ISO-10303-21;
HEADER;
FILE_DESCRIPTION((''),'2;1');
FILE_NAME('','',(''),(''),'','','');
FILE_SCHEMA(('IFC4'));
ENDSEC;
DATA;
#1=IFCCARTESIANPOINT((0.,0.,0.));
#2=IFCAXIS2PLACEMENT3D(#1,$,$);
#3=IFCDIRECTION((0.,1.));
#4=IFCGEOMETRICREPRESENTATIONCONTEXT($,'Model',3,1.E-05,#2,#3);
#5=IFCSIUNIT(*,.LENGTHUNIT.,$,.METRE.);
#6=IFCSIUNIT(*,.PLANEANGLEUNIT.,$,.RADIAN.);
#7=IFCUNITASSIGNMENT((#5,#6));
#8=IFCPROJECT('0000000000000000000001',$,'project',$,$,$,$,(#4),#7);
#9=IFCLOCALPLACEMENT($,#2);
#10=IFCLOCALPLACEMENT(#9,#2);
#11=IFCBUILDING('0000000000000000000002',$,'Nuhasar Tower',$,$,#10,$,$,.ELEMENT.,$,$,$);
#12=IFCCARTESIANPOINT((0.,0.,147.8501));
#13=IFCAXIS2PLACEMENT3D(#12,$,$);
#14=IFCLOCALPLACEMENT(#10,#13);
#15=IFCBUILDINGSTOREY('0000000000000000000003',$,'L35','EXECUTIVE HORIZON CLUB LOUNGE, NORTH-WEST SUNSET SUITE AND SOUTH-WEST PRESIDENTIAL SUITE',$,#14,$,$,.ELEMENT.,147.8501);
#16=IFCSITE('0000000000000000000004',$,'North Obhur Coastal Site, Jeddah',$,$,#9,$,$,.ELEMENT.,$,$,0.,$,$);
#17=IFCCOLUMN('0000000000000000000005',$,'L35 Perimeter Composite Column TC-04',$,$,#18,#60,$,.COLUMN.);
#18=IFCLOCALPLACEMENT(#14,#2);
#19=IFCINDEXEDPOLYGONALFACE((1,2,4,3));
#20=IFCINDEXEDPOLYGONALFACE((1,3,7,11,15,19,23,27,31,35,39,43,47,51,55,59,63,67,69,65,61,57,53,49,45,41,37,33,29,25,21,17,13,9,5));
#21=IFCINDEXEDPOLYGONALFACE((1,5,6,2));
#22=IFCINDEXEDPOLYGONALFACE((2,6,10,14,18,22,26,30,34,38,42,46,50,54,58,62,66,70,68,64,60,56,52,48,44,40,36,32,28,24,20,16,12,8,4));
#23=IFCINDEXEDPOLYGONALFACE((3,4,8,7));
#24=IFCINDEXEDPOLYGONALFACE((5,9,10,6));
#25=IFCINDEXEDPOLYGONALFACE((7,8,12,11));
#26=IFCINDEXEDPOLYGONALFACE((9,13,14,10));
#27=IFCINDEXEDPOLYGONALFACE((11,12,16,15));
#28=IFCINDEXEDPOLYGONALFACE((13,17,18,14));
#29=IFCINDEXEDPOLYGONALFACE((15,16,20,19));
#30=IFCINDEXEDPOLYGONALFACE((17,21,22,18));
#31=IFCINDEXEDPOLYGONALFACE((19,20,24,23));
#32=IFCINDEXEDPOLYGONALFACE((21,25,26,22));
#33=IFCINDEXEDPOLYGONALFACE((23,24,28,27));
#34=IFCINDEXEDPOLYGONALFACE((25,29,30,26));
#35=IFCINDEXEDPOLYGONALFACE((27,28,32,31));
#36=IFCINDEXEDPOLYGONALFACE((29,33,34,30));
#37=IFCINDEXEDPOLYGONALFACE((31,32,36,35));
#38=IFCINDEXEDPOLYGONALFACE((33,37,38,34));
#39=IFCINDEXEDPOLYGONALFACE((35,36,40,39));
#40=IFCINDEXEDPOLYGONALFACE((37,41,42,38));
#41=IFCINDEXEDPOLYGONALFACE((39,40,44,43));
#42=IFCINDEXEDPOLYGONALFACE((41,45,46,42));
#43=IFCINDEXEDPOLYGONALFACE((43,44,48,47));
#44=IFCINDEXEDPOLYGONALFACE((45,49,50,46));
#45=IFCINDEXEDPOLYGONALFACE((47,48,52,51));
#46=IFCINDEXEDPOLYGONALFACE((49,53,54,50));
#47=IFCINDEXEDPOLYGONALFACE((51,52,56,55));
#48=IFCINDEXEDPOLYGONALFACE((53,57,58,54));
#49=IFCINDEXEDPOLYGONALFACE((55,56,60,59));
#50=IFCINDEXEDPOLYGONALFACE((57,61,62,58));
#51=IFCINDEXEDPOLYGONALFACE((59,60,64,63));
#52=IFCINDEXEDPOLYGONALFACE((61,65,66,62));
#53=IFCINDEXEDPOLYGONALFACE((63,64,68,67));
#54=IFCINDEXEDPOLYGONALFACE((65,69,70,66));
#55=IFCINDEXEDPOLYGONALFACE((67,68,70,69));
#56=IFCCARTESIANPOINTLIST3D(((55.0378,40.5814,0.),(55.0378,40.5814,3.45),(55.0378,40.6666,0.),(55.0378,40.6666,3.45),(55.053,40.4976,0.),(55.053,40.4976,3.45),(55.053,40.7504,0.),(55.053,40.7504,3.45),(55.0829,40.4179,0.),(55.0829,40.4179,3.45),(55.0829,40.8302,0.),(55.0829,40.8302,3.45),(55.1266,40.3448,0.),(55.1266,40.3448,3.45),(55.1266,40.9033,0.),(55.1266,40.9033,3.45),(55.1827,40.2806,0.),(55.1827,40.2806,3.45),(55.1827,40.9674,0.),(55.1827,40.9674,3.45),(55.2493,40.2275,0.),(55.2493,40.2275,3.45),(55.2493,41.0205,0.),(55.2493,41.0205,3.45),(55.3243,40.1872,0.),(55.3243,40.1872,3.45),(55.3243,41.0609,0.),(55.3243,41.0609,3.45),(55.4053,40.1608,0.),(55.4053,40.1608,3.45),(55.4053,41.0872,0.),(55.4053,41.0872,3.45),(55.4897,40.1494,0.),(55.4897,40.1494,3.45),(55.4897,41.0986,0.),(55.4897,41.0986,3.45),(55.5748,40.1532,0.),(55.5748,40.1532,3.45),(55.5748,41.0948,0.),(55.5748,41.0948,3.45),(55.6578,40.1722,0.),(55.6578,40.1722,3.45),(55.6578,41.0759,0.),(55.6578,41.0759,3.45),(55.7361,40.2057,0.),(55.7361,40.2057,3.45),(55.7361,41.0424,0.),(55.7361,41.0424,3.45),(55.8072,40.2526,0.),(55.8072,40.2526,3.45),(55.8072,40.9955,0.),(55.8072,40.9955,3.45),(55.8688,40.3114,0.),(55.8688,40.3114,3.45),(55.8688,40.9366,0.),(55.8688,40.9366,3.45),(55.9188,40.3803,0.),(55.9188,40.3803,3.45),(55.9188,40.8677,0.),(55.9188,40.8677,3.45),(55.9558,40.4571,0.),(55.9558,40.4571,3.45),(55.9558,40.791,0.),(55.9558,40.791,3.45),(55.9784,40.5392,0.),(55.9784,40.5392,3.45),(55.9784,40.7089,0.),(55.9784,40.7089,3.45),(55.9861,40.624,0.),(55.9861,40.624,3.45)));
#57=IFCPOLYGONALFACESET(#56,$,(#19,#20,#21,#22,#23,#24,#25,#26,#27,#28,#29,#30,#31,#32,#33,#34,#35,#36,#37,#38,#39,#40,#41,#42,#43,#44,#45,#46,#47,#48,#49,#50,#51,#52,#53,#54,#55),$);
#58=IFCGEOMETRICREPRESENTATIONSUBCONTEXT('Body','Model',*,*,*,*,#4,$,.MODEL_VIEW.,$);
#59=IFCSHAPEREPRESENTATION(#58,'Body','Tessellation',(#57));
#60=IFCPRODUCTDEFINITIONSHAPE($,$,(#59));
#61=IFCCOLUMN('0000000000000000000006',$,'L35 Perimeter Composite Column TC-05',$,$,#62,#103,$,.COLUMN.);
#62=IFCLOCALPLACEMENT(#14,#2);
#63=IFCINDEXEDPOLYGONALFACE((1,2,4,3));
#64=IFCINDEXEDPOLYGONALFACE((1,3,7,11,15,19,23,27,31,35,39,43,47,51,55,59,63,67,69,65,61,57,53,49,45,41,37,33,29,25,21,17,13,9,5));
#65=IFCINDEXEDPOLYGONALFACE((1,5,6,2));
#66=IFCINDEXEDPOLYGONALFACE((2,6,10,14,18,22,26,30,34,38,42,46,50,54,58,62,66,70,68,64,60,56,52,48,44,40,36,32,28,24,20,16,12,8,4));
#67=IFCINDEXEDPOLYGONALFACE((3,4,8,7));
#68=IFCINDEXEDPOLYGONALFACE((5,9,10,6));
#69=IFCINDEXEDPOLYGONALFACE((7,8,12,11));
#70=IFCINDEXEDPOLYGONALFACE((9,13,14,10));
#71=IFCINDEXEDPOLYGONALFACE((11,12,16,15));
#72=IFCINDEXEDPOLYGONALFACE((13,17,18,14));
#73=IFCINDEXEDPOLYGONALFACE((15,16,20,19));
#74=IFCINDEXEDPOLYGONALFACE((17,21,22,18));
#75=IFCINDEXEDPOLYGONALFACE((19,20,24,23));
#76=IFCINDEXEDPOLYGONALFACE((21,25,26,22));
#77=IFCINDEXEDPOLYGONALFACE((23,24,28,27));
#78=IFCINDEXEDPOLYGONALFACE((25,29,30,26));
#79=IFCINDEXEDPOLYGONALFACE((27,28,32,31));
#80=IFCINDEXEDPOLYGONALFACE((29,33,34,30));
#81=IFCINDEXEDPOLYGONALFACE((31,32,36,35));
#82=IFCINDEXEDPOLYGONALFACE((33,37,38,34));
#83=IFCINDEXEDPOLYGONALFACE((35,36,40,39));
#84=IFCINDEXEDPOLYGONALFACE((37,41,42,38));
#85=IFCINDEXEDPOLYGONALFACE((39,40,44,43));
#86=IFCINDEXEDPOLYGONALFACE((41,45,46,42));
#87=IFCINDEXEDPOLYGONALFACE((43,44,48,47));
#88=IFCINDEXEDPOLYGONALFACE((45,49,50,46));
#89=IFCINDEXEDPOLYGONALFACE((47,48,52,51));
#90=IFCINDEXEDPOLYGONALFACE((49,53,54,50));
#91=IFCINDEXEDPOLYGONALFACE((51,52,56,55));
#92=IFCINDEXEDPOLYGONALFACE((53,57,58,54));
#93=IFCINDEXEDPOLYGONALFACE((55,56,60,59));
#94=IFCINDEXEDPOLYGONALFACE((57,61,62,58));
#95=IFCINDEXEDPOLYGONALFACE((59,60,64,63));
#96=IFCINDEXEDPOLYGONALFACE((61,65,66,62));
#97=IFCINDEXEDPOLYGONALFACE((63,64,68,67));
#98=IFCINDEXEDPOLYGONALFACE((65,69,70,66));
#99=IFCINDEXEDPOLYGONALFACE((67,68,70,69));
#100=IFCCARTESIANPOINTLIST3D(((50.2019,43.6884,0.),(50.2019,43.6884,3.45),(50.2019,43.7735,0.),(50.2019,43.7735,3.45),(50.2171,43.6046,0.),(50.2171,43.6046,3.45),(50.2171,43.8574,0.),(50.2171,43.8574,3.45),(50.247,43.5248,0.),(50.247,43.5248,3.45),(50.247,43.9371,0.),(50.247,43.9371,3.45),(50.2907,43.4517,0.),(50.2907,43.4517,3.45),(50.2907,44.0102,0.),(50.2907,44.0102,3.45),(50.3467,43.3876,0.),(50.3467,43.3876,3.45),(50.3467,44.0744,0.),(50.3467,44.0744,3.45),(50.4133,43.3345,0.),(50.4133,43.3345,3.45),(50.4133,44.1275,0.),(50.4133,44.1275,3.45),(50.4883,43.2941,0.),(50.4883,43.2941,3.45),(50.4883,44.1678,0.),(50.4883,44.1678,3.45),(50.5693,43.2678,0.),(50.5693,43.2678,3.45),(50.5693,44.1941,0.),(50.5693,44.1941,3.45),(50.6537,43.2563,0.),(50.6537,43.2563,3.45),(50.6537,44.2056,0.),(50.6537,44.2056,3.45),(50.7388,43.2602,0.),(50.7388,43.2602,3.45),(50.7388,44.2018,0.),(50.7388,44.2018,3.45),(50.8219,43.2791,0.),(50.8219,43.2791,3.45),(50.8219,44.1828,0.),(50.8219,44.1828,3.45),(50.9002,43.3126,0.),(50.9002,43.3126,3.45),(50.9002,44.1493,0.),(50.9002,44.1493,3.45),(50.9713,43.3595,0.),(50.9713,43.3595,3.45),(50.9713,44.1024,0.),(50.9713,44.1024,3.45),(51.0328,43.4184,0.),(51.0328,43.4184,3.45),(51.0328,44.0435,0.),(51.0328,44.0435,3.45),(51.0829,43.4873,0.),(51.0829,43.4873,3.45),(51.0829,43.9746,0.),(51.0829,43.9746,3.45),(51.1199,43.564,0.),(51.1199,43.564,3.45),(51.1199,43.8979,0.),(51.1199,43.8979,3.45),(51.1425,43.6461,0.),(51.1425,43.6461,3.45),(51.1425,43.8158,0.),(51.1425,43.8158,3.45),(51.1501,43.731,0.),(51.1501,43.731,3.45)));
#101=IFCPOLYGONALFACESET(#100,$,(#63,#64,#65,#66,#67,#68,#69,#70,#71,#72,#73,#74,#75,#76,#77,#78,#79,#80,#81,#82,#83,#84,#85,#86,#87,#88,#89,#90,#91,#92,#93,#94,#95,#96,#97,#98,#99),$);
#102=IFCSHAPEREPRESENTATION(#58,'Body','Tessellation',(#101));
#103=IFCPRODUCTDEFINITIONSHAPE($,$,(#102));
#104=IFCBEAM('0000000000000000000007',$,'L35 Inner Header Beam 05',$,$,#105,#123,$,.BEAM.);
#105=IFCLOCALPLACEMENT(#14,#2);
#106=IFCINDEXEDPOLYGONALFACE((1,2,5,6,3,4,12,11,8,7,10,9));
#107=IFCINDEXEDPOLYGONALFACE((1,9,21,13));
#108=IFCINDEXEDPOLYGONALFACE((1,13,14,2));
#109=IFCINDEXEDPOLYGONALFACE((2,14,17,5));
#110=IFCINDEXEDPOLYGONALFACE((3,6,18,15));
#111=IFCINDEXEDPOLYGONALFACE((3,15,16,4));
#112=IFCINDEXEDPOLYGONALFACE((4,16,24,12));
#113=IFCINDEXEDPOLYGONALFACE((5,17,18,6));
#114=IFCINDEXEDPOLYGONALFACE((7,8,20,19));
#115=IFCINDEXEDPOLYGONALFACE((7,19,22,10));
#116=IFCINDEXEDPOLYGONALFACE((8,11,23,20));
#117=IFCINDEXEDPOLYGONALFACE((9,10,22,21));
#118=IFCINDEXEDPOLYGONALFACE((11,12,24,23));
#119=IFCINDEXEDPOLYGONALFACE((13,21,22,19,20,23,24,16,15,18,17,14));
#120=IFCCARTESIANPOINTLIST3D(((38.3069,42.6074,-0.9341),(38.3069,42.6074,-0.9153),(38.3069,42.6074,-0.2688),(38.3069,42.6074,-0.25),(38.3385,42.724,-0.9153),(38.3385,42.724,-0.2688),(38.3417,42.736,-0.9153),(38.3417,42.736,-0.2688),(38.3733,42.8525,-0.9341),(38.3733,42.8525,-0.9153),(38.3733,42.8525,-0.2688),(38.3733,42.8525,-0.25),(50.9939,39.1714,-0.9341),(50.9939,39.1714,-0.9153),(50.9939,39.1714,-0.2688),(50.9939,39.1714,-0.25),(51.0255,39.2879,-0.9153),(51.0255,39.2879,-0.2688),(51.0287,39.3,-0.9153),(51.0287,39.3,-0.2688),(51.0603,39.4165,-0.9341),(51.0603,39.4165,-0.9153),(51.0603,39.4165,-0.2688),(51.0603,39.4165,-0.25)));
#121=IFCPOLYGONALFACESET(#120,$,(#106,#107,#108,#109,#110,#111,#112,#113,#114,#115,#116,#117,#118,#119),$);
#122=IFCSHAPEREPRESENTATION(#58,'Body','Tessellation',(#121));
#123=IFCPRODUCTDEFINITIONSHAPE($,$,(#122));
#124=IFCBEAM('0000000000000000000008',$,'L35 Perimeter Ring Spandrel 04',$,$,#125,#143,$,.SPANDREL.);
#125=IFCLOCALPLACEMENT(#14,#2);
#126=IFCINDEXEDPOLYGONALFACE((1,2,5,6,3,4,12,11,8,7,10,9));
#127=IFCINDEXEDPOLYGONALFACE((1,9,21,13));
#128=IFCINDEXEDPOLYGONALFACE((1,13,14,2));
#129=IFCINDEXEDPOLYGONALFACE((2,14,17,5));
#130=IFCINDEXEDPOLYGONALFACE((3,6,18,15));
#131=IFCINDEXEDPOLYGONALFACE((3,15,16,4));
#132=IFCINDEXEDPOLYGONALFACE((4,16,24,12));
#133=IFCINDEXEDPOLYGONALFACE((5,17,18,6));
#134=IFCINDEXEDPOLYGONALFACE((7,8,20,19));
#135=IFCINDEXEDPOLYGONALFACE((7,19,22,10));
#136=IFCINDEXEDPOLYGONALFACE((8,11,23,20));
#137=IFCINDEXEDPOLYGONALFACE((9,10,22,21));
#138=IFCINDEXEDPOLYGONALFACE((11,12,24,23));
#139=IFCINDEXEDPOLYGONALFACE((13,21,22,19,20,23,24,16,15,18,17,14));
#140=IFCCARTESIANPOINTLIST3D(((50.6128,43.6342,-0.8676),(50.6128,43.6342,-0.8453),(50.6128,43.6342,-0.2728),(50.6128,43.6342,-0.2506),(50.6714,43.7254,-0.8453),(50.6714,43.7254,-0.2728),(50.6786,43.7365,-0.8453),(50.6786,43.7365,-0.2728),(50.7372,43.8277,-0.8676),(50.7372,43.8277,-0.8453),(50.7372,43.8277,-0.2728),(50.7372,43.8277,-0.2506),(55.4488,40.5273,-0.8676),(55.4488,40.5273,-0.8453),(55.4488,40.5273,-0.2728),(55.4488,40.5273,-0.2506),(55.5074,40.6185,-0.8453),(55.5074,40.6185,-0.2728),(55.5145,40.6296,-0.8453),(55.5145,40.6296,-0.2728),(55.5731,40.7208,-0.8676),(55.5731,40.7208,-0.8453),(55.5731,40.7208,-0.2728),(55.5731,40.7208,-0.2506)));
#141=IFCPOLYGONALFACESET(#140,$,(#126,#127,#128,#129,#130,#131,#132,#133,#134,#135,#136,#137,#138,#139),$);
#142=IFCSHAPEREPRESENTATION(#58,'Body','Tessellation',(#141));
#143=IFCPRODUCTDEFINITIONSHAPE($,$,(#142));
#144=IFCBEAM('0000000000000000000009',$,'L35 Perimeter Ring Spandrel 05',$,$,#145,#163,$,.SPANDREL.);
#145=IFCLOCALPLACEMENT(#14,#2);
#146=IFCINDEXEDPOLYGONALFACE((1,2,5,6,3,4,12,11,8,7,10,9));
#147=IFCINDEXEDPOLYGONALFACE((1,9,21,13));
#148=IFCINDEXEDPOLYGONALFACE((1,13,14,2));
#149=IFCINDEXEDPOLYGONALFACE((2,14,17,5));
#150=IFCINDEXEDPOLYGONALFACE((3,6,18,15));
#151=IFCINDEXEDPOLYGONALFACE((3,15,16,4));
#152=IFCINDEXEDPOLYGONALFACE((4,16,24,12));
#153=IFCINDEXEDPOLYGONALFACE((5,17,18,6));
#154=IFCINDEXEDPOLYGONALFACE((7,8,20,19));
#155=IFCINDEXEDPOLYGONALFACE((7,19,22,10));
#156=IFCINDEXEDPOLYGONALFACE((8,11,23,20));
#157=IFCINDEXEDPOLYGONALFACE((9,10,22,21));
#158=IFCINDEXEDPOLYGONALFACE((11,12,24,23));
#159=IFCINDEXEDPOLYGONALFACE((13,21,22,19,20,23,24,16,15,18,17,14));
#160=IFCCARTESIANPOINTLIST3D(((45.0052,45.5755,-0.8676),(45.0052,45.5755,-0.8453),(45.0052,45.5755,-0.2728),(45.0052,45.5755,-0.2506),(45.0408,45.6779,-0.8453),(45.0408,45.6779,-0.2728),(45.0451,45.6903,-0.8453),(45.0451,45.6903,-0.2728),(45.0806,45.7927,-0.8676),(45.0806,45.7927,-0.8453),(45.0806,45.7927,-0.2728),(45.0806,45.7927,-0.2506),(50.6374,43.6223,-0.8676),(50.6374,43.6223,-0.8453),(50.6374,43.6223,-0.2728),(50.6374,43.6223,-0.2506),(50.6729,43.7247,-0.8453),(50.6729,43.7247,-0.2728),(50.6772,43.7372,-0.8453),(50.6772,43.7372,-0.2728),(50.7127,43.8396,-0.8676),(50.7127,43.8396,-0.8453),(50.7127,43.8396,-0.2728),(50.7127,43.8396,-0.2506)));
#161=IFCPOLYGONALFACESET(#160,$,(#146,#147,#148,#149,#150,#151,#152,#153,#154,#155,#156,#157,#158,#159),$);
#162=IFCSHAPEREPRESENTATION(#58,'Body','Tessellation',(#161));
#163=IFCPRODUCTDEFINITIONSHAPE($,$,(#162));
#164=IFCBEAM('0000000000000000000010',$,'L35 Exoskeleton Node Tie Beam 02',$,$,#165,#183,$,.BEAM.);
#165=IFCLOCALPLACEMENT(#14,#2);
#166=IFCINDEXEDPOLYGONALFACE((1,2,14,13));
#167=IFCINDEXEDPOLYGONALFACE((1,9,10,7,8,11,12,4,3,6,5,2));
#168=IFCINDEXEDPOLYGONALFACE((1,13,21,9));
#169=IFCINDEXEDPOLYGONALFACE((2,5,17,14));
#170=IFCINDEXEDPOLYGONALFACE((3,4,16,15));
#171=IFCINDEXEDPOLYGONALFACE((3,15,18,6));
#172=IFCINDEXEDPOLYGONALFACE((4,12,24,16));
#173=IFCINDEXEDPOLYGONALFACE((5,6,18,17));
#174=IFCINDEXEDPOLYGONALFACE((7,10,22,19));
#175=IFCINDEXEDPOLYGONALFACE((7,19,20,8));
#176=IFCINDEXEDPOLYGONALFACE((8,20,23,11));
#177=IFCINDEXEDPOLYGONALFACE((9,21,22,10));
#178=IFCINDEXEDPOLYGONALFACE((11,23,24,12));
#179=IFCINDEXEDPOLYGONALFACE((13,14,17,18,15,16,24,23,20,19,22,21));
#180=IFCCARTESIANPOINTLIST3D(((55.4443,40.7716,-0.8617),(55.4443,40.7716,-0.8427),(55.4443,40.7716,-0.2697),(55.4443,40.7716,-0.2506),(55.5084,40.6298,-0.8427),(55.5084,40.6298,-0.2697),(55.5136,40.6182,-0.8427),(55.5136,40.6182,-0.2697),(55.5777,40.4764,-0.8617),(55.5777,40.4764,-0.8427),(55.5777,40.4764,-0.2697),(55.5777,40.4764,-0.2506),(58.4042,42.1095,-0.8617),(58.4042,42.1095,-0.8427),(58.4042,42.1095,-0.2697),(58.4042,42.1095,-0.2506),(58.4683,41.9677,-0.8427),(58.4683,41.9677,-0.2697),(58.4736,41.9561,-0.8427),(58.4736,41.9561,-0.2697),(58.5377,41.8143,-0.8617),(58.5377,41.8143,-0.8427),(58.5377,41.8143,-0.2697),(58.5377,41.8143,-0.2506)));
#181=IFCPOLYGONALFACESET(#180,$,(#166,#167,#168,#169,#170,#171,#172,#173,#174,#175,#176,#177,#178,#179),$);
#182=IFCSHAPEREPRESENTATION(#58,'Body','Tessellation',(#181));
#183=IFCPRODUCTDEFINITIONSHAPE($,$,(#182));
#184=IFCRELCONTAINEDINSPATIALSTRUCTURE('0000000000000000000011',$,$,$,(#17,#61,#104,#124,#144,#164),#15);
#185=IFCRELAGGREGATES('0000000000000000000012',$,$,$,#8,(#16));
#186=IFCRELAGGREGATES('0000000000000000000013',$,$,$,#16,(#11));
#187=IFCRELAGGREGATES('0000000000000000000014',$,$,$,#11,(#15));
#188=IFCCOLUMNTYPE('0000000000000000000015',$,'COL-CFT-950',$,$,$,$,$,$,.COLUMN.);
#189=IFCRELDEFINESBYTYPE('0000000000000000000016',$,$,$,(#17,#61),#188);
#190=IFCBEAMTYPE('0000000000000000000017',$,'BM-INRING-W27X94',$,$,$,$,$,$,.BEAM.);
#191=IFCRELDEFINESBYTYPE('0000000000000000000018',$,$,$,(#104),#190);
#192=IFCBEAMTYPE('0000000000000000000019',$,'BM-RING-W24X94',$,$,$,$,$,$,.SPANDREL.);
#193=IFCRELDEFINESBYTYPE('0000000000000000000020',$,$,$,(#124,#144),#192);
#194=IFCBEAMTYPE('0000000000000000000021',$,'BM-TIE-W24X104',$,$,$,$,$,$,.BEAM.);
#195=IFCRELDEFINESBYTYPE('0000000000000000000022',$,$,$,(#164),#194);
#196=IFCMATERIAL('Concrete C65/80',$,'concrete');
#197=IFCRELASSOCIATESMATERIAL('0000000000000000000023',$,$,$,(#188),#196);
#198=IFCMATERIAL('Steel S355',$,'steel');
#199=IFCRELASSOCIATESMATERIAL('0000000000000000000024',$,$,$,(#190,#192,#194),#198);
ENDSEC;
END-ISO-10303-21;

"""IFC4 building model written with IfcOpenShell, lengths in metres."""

from ifc_helpers import new_model, si_unit, direction, frame, origin, origin_2d, place, context, subcontext, project, spatial, circle, i_section, extrude, material, material_profile, profile_set, type_object, element, save


model = new_model("IFC4")

# Units and contexts
model_context = context("Model", 3, precision=1e-05, world=origin(), true_north=direction((0.0, 1.0)))
body_context = subcontext(model_context, "Body", "Model", "MODEL_VIEW")
ifc_project = project(units=[si_unit("LENGTHUNIT", "METRE"), si_unit("PLANEANGLEUNIT", "RADIAN")], contexts=[model_context])

# Site, building, storey
site_placement = place(None, origin())
site = spatial("IfcSite", under=ifc_project, at=site_placement, Name="North Obhur Coastal Site, Jeddah", CompositionType="ELEMENT", RefElevation=0.0)
building_placement = place(site_placement, origin())
building = spatial("IfcBuilding", under=site, at=building_placement, Name="Nuhasar Tower", CompositionType="ELEMENT")
storey_placement = place(building_placement, frame((0.0, 0.0, 147.8501)))
storey = spatial("IfcBuildingStorey", under=building, at=storey_placement, Name="L35", Description="EXECUTIVE HORIZON CLUB LOUNGE, NORTH-WEST SUNSET SUITE AND SOUTH-WEST PRESIDENTIAL SUITE", CompositionType="ELEMENT", Elevation=147.8501)

# Columns
ifc_material_1 = material(Name="Concrete C65/80", Category="concrete")
ifc_material_profile_1 = material_profile(ifc_material_1, circle(Radius=0.4751, at=origin_2d()), Name="CFT950")
ifc_profile_set_1 = profile_set([ifc_material_profile_1], Name="Concrete C65/80")
column_type = type_object("IfcColumnType", Name="COL-CFT-950", PredefinedType="COLUMN", material=ifc_profile_set_1)
for number, where, z_axis, x_axis, name in (
    (1, (55.511, 40.624, 0.0), (0.0, 0.0, 1.0), (1.0, 0.0, 0.0), "L35 Perimeter Composite Column TC-04"),
    (2, (50.675, 43.731, 0.0), (0.0, 0.0, 1.0), (1.0, 0.0, 0.0), "L35 Perimeter Composite Column TC-05"),
):
    element("IfcColumn", number, at=place(storey_placement, frame(where, z_axis=z_axis, x_axis=x_axis)), inside=storey, type_object=column_type, Name=name, PredefinedType="COLUMN", context=body_context, shape_type="SweptSolid", body=[
        extrude(circle(Radius=0.4751, at=origin_2d()), origin(), (0.0, 0.0, 1.0), 3.45),
    ])

# Beams
ifc_material_2 = material(Name="Steel S355", Category="steel")
ifc_material_profile_2 = material_profile(ifc_material_2, i_section(OverallWidth=0.2539, OverallDepth=0.6841, WebThickness=0.0125, FlangeThickness=0.0188, at=origin_2d()), Name="W27X94")
ifc_profile_set_2 = profile_set([ifc_material_profile_2], Name="Steel S355")
beam_type_1 = type_object("IfcBeamType", Name="BM-INRING-W27X94", PredefinedType="BEAM", material=ifc_profile_set_2)
beam_1_placement = place(storey_placement, frame((51.0271, 39.2939, -0.592), z_axis=(-0.965227, 0.261413, 0.0), x_axis=(-0.261413, -0.965227, 0.0)))
element("IfcBeam", 3, at=beam_1_placement, inside=storey, type_object=beam_type_1, Name="L35 Inner Header Beam 05", PredefinedType="BEAM", context=body_context, shape_type="SweptSolid", body=[
    extrude(i_section(OverallWidth=0.2539, OverallDepth=0.6841, WebThickness=0.0125, FlangeThickness=0.0188, at=origin_2d()), origin(), (0.0, 0.0, 1.0), 13.144),
])
ifc_material_profile_3 = material_profile(ifc_material_2, i_section(OverallWidth=0.23, OverallDepth=0.6169, WebThickness=0.0132, FlangeThickness=0.0222, at=origin_2d()), Name="W24X94")
ifc_profile_set_3 = profile_set([ifc_material_profile_3], Name="Steel S355")
beam_type_2 = type_object("IfcBeamType", Name="BM-RING-W24X94", PredefinedType="SPANDREL", material=ifc_profile_set_3)
beam_2_placement = place(storey_placement, frame((55.511, 40.624, -0.5591), z_axis=(-0.841327, 0.540526, 0.0), x_axis=(-0.540526, -0.841327, 0.0)))
element("IfcBeam", 4, at=beam_2_placement, inside=storey, type_object=beam_type_2, Name="L35 Perimeter Ring Spandrel 04", PredefinedType="SPANDREL", context=body_context, shape_type="SweptSolid", body=[
    extrude(i_section(OverallWidth=0.23, OverallDepth=0.6169, WebThickness=0.0132, FlangeThickness=0.0222, at=origin_2d()), origin(), (0.0, 0.0, 1.0), 5.748),
])
beam_3_placement = place(storey_placement, frame((50.675, 43.731, -0.5591), z_axis=(-0.944801, 0.327644, 0.0), x_axis=(-0.327644, -0.944801, 0.0)))
element("IfcBeam", 5, at=beam_3_placement, inside=storey, type_object=beam_type_2, Name="L35 Perimeter Ring Spandrel 05", PredefinedType="SPANDREL", context=body_context, shape_type="SweptSolid", body=[
    extrude(i_section(OverallWidth=0.23, OverallDepth=0.6169, WebThickness=0.0132, FlangeThickness=0.0222, at=origin_2d()), origin(), (0.0, 0.0, 1.0), 5.9612),
])
ifc_material_profile_4 = material_profile(ifc_material_2, i_section(OverallWidth=0.324, OverallDepth=0.6111, WebThickness=0.0127, FlangeThickness=0.019, at=origin_2d()), Name="W24X104")
ifc_profile_set_4 = profile_set([ifc_material_profile_4], Name="Steel S355")
beam_type_3 = type_object("IfcBeamType", Name="BM-TIE-W24X104", PredefinedType="BEAM", material=ifc_profile_set_4)
beam_4_placement = place(storey_placement, frame((55.511, 40.624, -0.5562), z_axis=(0.91124, 0.411877, 0.0), x_axis=(-0.411877, 0.91124, 0.0)))
element("IfcBeam", 6, at=beam_4_placement, inside=storey, type_object=beam_type_3, Name="L35 Exoskeleton Node Tie Beam 02", PredefinedType="BEAM", context=body_context, shape_type="SweptSolid", body=[
    extrude(i_section(OverallWidth=0.324, OverallDepth=0.6111, WebThickness=0.0127, FlangeThickness=0.019, at=origin_2d()), origin(), (0.0, 0.0, 1.0), 3.2483),
])

save(model, "model.ifc")
